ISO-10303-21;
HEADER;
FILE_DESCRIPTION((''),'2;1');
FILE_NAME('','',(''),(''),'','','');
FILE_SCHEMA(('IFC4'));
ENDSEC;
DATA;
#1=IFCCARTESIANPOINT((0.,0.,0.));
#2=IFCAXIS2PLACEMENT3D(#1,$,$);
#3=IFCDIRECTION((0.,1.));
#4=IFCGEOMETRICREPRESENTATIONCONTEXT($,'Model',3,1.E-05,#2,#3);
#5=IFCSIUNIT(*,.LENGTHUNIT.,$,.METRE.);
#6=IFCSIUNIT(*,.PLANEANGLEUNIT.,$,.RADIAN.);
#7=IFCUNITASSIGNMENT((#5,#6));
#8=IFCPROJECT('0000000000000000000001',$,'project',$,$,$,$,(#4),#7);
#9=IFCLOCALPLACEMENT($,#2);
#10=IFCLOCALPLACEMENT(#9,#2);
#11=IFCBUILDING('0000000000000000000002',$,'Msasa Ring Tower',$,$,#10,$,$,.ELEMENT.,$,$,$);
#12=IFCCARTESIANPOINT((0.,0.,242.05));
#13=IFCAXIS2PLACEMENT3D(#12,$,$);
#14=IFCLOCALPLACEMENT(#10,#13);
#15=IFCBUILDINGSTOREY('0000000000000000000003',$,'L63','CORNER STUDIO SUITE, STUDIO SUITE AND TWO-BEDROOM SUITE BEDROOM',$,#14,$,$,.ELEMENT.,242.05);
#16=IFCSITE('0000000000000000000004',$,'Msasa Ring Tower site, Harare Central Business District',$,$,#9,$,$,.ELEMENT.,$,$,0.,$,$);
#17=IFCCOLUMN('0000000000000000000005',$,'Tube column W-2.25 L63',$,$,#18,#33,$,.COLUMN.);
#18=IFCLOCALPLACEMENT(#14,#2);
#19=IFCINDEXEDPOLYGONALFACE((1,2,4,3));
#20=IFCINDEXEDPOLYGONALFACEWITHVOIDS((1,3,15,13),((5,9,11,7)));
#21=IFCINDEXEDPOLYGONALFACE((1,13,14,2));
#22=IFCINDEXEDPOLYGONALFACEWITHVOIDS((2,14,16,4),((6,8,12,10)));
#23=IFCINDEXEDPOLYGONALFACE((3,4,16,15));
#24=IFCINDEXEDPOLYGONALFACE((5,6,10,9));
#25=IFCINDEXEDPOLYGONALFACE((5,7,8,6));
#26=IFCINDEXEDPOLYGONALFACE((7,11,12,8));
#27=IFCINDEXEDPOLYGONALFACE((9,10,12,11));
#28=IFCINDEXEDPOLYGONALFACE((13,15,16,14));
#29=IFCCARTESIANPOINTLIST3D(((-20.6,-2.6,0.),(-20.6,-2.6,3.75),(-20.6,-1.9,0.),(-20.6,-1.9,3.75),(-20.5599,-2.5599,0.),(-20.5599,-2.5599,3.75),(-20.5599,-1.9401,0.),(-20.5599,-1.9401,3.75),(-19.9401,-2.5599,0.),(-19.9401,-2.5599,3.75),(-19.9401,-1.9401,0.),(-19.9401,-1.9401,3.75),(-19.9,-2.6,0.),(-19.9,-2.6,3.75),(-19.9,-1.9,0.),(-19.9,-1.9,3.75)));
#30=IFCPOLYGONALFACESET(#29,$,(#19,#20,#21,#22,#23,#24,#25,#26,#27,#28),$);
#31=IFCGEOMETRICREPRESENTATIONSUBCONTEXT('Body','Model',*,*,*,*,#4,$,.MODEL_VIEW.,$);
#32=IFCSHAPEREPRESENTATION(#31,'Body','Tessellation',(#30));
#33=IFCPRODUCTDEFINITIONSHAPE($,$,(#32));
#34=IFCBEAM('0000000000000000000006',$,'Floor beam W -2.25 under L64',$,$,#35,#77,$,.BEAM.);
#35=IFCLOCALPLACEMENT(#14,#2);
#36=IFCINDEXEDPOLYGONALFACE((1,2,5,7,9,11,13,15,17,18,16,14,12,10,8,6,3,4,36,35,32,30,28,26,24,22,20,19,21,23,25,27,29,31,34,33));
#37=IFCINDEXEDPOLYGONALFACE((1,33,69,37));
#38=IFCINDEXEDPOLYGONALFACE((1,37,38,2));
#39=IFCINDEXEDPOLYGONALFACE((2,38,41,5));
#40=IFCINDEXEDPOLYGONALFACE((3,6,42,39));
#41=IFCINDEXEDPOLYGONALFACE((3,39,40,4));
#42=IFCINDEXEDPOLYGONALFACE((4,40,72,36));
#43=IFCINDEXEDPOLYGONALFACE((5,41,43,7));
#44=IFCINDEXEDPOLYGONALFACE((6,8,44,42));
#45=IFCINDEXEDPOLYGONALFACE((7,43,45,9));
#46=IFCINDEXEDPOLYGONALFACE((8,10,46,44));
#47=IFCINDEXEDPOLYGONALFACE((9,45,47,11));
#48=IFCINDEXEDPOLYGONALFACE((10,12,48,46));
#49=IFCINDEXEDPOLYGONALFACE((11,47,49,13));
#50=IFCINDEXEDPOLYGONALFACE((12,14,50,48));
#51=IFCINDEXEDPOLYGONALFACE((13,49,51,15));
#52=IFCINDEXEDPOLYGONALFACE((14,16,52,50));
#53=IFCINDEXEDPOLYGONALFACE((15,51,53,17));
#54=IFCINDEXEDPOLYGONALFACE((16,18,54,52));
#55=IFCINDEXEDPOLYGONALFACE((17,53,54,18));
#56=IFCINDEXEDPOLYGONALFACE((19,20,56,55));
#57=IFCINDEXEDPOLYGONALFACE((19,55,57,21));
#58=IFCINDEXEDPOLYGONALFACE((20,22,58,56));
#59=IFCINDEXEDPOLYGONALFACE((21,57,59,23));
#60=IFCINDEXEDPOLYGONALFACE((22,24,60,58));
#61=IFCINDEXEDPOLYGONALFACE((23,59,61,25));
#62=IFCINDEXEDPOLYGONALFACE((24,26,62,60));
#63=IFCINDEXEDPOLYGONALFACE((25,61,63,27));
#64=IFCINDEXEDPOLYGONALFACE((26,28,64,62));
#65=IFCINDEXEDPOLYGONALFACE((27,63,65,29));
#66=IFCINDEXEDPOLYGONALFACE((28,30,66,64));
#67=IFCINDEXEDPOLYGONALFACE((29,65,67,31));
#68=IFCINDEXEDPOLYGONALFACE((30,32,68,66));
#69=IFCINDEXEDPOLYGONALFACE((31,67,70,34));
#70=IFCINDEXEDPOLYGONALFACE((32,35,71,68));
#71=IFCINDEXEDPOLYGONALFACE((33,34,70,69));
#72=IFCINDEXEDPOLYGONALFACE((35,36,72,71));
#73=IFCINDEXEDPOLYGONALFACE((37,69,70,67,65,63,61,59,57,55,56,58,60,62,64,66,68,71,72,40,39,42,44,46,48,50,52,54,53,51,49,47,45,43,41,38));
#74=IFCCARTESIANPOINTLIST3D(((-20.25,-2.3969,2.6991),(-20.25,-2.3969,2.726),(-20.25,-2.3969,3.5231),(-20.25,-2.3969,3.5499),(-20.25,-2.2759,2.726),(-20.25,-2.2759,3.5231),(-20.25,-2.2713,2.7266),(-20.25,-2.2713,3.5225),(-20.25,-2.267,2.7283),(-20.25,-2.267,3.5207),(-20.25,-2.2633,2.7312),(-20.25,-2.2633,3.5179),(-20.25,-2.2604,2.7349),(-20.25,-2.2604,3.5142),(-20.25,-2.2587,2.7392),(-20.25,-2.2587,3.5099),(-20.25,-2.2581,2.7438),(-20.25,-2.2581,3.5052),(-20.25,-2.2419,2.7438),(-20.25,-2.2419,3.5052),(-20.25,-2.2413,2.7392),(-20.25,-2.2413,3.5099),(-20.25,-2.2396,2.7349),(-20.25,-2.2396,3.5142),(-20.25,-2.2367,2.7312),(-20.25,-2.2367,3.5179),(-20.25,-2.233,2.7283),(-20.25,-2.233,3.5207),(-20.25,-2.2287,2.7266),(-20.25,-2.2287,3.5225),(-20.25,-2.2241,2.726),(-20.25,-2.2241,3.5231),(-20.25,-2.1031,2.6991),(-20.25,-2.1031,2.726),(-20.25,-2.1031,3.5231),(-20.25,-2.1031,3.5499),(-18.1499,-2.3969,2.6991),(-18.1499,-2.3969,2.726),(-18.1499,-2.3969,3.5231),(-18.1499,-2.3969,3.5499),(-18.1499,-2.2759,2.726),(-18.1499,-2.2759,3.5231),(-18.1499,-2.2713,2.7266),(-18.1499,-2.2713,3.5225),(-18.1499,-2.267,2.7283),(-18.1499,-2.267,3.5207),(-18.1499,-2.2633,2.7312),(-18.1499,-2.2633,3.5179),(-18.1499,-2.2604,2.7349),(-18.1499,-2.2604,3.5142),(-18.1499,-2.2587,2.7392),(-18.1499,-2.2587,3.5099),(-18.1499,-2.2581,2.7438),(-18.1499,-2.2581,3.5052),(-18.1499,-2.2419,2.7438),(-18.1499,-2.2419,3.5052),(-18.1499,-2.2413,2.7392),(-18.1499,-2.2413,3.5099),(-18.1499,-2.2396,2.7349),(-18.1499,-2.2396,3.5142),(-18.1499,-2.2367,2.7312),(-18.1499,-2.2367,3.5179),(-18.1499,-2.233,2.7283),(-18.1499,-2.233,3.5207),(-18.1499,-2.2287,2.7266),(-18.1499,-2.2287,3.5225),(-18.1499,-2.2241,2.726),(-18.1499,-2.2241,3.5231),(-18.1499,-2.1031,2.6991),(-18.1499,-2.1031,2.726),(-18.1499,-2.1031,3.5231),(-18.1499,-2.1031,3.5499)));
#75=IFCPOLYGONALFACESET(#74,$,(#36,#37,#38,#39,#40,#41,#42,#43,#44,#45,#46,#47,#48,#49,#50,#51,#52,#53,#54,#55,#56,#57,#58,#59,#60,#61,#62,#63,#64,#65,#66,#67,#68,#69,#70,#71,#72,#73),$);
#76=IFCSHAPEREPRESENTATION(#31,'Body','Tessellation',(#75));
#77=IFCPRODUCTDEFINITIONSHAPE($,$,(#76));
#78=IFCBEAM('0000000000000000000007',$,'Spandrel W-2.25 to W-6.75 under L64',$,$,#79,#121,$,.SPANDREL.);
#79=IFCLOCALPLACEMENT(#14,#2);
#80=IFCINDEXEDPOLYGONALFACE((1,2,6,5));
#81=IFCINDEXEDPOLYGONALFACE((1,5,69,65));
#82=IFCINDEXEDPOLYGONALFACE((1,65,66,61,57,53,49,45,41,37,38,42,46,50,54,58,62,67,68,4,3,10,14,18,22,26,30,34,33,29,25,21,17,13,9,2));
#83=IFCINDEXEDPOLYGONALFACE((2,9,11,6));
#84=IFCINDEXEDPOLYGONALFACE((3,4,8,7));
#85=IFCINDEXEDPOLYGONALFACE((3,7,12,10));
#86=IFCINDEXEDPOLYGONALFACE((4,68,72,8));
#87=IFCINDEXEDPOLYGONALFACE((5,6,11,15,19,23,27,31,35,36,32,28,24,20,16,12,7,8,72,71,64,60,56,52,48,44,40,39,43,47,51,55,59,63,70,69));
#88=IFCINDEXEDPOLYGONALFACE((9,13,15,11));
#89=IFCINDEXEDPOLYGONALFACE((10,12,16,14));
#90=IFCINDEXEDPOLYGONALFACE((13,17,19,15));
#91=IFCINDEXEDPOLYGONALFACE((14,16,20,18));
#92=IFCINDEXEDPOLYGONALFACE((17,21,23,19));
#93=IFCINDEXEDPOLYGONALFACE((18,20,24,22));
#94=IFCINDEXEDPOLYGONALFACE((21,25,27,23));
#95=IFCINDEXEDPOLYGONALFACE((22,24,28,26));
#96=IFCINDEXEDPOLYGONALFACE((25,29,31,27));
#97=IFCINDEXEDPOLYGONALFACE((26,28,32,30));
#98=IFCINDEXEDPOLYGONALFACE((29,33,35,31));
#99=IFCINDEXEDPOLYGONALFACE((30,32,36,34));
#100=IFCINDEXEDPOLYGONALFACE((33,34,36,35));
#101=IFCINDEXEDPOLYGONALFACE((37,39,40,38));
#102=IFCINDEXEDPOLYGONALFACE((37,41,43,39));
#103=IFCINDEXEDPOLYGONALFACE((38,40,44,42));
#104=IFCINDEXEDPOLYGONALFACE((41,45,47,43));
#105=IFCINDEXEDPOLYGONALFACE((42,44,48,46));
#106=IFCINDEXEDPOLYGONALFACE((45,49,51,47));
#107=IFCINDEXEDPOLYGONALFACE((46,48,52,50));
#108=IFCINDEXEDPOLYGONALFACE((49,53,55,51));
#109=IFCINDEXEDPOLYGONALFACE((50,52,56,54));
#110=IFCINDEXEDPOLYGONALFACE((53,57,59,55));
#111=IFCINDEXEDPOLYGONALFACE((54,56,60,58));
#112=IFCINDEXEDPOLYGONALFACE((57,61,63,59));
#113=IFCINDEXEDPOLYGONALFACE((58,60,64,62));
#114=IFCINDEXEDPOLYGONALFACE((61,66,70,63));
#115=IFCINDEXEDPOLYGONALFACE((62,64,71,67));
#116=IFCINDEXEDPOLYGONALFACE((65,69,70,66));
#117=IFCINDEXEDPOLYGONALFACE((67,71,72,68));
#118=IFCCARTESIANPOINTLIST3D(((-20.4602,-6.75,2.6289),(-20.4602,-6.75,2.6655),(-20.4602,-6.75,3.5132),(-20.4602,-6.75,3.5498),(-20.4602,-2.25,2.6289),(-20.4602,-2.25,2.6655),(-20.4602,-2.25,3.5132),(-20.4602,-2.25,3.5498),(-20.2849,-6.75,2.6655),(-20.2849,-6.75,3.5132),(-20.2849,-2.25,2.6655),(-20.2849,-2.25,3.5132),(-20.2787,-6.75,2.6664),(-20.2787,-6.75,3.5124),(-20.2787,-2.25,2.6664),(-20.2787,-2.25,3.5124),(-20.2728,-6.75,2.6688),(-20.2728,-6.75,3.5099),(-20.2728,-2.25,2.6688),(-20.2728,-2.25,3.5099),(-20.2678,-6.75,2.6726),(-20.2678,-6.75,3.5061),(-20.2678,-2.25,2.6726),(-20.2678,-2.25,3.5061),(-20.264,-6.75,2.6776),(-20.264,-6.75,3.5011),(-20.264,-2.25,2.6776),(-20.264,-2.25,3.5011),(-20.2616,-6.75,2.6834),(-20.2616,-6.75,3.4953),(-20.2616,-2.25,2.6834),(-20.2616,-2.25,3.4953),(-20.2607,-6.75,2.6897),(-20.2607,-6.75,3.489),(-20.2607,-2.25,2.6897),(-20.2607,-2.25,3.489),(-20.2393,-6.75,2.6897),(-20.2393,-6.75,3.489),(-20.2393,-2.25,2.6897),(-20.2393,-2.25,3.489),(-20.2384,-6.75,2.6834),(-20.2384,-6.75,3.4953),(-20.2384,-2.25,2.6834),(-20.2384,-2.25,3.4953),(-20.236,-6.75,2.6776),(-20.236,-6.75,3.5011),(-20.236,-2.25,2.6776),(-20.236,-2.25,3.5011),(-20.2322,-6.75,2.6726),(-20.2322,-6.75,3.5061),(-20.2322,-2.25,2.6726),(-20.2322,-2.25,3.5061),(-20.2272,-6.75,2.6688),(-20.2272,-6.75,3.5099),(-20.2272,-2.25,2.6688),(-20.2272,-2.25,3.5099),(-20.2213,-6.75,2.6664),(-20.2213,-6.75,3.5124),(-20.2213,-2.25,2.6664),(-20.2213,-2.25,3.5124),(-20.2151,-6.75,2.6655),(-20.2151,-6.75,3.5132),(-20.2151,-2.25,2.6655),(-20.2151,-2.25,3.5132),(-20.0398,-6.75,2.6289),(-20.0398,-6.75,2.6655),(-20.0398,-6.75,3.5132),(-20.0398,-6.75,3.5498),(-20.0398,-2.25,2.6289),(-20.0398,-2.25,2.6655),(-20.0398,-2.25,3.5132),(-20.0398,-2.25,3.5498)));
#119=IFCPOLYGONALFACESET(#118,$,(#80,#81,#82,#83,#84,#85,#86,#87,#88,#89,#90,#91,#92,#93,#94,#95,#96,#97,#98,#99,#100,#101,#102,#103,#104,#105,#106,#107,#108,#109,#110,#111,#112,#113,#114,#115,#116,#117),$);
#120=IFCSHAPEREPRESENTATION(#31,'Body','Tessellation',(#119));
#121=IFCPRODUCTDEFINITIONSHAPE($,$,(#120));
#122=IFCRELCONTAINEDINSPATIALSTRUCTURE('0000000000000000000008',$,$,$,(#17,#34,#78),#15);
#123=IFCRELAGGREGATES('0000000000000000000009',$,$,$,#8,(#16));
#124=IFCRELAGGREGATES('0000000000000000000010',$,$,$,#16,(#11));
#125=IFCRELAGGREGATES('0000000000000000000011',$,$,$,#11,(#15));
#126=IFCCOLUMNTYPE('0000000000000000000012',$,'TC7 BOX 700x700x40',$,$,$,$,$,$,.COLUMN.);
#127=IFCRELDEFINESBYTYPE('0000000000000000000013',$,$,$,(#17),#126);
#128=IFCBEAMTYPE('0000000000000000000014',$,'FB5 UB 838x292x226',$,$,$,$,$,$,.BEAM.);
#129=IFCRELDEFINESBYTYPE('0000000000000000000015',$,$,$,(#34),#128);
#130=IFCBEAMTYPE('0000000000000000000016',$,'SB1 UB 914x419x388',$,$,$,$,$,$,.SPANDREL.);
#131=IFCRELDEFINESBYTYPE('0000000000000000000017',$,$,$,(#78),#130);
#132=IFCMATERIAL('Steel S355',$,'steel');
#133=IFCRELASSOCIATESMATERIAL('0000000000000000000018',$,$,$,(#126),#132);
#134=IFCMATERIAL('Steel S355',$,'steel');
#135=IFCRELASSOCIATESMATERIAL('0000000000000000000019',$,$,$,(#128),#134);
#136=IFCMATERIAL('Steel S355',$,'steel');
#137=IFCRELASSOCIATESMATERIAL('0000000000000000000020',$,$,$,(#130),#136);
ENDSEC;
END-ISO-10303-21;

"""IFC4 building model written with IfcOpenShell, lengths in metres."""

from ifc_helpers import new_model, si_unit, direction, frame, origin, origin_2d, place, context, subcontext, project, spatial, hollow_rectangle, i_section, extrude, material, material_profile, profile_set, type_object, element, save


model = new_model("IFC4")

# Units and contexts
model_context = context("Model", 3, precision=1e-05, world=origin(), true_north=direction((0.0, 1.0)))
body_context = subcontext(model_context, "Body", "Model", "MODEL_VIEW")
ifc_project = project(units=[si_unit("LENGTHUNIT", "METRE"), si_unit("PLANEANGLEUNIT", "RADIAN")], contexts=[model_context])

# Site, building, storey
site_placement = place(None, origin())
site = spatial("IfcSite", under=ifc_project, at=site_placement, Name="Msasa Ring Tower site, Harare Central Business District", CompositionType="ELEMENT", RefElevation=0.0)
building_placement = place(site_placement, origin())
building = spatial("IfcBuilding", under=site, at=building_placement, Name="Msasa Ring Tower", CompositionType="ELEMENT")
storey_placement = place(building_placement, frame((0.0, 0.0, 242.05)))
storey = spatial("IfcBuildingStorey", under=building, at=storey_placement, Name="L63", Description="CORNER STUDIO SUITE, STUDIO SUITE AND TWO-BEDROOM SUITE BEDROOM", CompositionType="ELEMENT", Elevation=242.05)

# Column
ifc_material_1 = material(Name="Steel S355", Category="steel")
ifc_material_profile_1 = material_profile(ifc_material_1, hollow_rectangle(XDim=0.7, YDim=0.7, WallThickness=0.04, at=origin_2d()), Name="BOX 700x700x40")
ifc_profile_set_1 = profile_set([ifc_material_profile_1], Name="Steel S355")
column_type = type_object("IfcColumnType", Name="TC7 BOX 700x700x40", PredefinedType="COLUMN", material=ifc_profile_set_1)
column_placement = place(storey_placement, frame((-20.25, -2.25, 0.0), z_axis=(0.0, 0.0, 1.0), x_axis=(1.0, 0.0, 0.0)))
element("IfcColumn", 1, at=column_placement, inside=storey, type_object=column_type, Name="Tube column W-2.25 L63", PredefinedType="COLUMN", context=body_context, shape_type="SweptSolid", body=[
    extrude(hollow_rectangle(XDim=0.7, YDim=0.7, WallThickness=0.04, at=origin_2d()), origin(), (0.0, 0.0, 1.0), 3.75),
])

# Beams
ifc_material_2 = material(Name="Steel S355", Category="steel")
ifc_material_profile_2 = material_profile(ifc_material_2, i_section(OverallWidth=0.2937, OverallDepth=0.8508, WebThickness=0.0161, FlangeThickness=0.0269, FilletRadius=0.0178, at=origin_2d()), Name="UB 838x292x226")
ifc_profile_set_2 = profile_set([ifc_material_profile_2], Name="Steel S355")
beam_type_1 = type_object("IfcBeamType", Name="FB5 UB 838x292x226", PredefinedType="BEAM", material=ifc_profile_set_2)
beam_1_placement = place(storey_placement, frame((-20.25, -2.25, 3.1245), z_axis=(1.0, 0.0, 0.0), x_axis=(0.0, 1.0, 0.0)))
element("IfcBeam", 2, at=beam_1_placement, inside=storey, type_object=beam_type_1, Name="Floor beam W -2.25 under L64", PredefinedType="BEAM", context=body_context, shape_type="SweptSolid", body=[
    extrude(i_section(OverallWidth=0.2937, OverallDepth=0.8508, WebThickness=0.0161, FlangeThickness=0.0269, FilletRadius=0.0178, at=origin_2d()), origin(), (0.0, 0.0, 1.0), 2.1001),
])
ifc_material_3 = material(Name="Steel S355", Category="steel")
ifc_material_profile_3 = material_profile(ifc_material_3, i_section(OverallWidth=0.4204, OverallDepth=0.9209, WebThickness=0.0215, FlangeThickness=0.0366, FilletRadius=0.0242, at=origin_2d()), Name="UB 914x419x388")
ifc_profile_set_3 = profile_set([ifc_material_profile_3], Name="Steel S355")
beam_type_2 = type_object("IfcBeamType", Name="SB1 UB 914x419x388", PredefinedType="SPANDREL", material=ifc_profile_set_3)
beam_2_placement = place(storey_placement, frame((-20.25, -2.25, 3.0894), z_axis=(0.0, -1.0, 0.0), x_axis=(1.0, 0.0, 0.0)))
element("IfcBeam", 3, at=beam_2_placement, inside=storey, type_object=beam_type_2, Name="Spandrel W-2.25 to W-6.75 under L64", PredefinedType="SPANDREL", context=body_context, shape_type="SweptSolid", body=[
    extrude(i_section(OverallWidth=0.4204, OverallDepth=0.9209, WebThickness=0.0215, FlangeThickness=0.0366, FilletRadius=0.0242, at=origin_2d()), origin(), (0.0, 0.0, 1.0), 4.5),
])

save(model, "model.ifc")
